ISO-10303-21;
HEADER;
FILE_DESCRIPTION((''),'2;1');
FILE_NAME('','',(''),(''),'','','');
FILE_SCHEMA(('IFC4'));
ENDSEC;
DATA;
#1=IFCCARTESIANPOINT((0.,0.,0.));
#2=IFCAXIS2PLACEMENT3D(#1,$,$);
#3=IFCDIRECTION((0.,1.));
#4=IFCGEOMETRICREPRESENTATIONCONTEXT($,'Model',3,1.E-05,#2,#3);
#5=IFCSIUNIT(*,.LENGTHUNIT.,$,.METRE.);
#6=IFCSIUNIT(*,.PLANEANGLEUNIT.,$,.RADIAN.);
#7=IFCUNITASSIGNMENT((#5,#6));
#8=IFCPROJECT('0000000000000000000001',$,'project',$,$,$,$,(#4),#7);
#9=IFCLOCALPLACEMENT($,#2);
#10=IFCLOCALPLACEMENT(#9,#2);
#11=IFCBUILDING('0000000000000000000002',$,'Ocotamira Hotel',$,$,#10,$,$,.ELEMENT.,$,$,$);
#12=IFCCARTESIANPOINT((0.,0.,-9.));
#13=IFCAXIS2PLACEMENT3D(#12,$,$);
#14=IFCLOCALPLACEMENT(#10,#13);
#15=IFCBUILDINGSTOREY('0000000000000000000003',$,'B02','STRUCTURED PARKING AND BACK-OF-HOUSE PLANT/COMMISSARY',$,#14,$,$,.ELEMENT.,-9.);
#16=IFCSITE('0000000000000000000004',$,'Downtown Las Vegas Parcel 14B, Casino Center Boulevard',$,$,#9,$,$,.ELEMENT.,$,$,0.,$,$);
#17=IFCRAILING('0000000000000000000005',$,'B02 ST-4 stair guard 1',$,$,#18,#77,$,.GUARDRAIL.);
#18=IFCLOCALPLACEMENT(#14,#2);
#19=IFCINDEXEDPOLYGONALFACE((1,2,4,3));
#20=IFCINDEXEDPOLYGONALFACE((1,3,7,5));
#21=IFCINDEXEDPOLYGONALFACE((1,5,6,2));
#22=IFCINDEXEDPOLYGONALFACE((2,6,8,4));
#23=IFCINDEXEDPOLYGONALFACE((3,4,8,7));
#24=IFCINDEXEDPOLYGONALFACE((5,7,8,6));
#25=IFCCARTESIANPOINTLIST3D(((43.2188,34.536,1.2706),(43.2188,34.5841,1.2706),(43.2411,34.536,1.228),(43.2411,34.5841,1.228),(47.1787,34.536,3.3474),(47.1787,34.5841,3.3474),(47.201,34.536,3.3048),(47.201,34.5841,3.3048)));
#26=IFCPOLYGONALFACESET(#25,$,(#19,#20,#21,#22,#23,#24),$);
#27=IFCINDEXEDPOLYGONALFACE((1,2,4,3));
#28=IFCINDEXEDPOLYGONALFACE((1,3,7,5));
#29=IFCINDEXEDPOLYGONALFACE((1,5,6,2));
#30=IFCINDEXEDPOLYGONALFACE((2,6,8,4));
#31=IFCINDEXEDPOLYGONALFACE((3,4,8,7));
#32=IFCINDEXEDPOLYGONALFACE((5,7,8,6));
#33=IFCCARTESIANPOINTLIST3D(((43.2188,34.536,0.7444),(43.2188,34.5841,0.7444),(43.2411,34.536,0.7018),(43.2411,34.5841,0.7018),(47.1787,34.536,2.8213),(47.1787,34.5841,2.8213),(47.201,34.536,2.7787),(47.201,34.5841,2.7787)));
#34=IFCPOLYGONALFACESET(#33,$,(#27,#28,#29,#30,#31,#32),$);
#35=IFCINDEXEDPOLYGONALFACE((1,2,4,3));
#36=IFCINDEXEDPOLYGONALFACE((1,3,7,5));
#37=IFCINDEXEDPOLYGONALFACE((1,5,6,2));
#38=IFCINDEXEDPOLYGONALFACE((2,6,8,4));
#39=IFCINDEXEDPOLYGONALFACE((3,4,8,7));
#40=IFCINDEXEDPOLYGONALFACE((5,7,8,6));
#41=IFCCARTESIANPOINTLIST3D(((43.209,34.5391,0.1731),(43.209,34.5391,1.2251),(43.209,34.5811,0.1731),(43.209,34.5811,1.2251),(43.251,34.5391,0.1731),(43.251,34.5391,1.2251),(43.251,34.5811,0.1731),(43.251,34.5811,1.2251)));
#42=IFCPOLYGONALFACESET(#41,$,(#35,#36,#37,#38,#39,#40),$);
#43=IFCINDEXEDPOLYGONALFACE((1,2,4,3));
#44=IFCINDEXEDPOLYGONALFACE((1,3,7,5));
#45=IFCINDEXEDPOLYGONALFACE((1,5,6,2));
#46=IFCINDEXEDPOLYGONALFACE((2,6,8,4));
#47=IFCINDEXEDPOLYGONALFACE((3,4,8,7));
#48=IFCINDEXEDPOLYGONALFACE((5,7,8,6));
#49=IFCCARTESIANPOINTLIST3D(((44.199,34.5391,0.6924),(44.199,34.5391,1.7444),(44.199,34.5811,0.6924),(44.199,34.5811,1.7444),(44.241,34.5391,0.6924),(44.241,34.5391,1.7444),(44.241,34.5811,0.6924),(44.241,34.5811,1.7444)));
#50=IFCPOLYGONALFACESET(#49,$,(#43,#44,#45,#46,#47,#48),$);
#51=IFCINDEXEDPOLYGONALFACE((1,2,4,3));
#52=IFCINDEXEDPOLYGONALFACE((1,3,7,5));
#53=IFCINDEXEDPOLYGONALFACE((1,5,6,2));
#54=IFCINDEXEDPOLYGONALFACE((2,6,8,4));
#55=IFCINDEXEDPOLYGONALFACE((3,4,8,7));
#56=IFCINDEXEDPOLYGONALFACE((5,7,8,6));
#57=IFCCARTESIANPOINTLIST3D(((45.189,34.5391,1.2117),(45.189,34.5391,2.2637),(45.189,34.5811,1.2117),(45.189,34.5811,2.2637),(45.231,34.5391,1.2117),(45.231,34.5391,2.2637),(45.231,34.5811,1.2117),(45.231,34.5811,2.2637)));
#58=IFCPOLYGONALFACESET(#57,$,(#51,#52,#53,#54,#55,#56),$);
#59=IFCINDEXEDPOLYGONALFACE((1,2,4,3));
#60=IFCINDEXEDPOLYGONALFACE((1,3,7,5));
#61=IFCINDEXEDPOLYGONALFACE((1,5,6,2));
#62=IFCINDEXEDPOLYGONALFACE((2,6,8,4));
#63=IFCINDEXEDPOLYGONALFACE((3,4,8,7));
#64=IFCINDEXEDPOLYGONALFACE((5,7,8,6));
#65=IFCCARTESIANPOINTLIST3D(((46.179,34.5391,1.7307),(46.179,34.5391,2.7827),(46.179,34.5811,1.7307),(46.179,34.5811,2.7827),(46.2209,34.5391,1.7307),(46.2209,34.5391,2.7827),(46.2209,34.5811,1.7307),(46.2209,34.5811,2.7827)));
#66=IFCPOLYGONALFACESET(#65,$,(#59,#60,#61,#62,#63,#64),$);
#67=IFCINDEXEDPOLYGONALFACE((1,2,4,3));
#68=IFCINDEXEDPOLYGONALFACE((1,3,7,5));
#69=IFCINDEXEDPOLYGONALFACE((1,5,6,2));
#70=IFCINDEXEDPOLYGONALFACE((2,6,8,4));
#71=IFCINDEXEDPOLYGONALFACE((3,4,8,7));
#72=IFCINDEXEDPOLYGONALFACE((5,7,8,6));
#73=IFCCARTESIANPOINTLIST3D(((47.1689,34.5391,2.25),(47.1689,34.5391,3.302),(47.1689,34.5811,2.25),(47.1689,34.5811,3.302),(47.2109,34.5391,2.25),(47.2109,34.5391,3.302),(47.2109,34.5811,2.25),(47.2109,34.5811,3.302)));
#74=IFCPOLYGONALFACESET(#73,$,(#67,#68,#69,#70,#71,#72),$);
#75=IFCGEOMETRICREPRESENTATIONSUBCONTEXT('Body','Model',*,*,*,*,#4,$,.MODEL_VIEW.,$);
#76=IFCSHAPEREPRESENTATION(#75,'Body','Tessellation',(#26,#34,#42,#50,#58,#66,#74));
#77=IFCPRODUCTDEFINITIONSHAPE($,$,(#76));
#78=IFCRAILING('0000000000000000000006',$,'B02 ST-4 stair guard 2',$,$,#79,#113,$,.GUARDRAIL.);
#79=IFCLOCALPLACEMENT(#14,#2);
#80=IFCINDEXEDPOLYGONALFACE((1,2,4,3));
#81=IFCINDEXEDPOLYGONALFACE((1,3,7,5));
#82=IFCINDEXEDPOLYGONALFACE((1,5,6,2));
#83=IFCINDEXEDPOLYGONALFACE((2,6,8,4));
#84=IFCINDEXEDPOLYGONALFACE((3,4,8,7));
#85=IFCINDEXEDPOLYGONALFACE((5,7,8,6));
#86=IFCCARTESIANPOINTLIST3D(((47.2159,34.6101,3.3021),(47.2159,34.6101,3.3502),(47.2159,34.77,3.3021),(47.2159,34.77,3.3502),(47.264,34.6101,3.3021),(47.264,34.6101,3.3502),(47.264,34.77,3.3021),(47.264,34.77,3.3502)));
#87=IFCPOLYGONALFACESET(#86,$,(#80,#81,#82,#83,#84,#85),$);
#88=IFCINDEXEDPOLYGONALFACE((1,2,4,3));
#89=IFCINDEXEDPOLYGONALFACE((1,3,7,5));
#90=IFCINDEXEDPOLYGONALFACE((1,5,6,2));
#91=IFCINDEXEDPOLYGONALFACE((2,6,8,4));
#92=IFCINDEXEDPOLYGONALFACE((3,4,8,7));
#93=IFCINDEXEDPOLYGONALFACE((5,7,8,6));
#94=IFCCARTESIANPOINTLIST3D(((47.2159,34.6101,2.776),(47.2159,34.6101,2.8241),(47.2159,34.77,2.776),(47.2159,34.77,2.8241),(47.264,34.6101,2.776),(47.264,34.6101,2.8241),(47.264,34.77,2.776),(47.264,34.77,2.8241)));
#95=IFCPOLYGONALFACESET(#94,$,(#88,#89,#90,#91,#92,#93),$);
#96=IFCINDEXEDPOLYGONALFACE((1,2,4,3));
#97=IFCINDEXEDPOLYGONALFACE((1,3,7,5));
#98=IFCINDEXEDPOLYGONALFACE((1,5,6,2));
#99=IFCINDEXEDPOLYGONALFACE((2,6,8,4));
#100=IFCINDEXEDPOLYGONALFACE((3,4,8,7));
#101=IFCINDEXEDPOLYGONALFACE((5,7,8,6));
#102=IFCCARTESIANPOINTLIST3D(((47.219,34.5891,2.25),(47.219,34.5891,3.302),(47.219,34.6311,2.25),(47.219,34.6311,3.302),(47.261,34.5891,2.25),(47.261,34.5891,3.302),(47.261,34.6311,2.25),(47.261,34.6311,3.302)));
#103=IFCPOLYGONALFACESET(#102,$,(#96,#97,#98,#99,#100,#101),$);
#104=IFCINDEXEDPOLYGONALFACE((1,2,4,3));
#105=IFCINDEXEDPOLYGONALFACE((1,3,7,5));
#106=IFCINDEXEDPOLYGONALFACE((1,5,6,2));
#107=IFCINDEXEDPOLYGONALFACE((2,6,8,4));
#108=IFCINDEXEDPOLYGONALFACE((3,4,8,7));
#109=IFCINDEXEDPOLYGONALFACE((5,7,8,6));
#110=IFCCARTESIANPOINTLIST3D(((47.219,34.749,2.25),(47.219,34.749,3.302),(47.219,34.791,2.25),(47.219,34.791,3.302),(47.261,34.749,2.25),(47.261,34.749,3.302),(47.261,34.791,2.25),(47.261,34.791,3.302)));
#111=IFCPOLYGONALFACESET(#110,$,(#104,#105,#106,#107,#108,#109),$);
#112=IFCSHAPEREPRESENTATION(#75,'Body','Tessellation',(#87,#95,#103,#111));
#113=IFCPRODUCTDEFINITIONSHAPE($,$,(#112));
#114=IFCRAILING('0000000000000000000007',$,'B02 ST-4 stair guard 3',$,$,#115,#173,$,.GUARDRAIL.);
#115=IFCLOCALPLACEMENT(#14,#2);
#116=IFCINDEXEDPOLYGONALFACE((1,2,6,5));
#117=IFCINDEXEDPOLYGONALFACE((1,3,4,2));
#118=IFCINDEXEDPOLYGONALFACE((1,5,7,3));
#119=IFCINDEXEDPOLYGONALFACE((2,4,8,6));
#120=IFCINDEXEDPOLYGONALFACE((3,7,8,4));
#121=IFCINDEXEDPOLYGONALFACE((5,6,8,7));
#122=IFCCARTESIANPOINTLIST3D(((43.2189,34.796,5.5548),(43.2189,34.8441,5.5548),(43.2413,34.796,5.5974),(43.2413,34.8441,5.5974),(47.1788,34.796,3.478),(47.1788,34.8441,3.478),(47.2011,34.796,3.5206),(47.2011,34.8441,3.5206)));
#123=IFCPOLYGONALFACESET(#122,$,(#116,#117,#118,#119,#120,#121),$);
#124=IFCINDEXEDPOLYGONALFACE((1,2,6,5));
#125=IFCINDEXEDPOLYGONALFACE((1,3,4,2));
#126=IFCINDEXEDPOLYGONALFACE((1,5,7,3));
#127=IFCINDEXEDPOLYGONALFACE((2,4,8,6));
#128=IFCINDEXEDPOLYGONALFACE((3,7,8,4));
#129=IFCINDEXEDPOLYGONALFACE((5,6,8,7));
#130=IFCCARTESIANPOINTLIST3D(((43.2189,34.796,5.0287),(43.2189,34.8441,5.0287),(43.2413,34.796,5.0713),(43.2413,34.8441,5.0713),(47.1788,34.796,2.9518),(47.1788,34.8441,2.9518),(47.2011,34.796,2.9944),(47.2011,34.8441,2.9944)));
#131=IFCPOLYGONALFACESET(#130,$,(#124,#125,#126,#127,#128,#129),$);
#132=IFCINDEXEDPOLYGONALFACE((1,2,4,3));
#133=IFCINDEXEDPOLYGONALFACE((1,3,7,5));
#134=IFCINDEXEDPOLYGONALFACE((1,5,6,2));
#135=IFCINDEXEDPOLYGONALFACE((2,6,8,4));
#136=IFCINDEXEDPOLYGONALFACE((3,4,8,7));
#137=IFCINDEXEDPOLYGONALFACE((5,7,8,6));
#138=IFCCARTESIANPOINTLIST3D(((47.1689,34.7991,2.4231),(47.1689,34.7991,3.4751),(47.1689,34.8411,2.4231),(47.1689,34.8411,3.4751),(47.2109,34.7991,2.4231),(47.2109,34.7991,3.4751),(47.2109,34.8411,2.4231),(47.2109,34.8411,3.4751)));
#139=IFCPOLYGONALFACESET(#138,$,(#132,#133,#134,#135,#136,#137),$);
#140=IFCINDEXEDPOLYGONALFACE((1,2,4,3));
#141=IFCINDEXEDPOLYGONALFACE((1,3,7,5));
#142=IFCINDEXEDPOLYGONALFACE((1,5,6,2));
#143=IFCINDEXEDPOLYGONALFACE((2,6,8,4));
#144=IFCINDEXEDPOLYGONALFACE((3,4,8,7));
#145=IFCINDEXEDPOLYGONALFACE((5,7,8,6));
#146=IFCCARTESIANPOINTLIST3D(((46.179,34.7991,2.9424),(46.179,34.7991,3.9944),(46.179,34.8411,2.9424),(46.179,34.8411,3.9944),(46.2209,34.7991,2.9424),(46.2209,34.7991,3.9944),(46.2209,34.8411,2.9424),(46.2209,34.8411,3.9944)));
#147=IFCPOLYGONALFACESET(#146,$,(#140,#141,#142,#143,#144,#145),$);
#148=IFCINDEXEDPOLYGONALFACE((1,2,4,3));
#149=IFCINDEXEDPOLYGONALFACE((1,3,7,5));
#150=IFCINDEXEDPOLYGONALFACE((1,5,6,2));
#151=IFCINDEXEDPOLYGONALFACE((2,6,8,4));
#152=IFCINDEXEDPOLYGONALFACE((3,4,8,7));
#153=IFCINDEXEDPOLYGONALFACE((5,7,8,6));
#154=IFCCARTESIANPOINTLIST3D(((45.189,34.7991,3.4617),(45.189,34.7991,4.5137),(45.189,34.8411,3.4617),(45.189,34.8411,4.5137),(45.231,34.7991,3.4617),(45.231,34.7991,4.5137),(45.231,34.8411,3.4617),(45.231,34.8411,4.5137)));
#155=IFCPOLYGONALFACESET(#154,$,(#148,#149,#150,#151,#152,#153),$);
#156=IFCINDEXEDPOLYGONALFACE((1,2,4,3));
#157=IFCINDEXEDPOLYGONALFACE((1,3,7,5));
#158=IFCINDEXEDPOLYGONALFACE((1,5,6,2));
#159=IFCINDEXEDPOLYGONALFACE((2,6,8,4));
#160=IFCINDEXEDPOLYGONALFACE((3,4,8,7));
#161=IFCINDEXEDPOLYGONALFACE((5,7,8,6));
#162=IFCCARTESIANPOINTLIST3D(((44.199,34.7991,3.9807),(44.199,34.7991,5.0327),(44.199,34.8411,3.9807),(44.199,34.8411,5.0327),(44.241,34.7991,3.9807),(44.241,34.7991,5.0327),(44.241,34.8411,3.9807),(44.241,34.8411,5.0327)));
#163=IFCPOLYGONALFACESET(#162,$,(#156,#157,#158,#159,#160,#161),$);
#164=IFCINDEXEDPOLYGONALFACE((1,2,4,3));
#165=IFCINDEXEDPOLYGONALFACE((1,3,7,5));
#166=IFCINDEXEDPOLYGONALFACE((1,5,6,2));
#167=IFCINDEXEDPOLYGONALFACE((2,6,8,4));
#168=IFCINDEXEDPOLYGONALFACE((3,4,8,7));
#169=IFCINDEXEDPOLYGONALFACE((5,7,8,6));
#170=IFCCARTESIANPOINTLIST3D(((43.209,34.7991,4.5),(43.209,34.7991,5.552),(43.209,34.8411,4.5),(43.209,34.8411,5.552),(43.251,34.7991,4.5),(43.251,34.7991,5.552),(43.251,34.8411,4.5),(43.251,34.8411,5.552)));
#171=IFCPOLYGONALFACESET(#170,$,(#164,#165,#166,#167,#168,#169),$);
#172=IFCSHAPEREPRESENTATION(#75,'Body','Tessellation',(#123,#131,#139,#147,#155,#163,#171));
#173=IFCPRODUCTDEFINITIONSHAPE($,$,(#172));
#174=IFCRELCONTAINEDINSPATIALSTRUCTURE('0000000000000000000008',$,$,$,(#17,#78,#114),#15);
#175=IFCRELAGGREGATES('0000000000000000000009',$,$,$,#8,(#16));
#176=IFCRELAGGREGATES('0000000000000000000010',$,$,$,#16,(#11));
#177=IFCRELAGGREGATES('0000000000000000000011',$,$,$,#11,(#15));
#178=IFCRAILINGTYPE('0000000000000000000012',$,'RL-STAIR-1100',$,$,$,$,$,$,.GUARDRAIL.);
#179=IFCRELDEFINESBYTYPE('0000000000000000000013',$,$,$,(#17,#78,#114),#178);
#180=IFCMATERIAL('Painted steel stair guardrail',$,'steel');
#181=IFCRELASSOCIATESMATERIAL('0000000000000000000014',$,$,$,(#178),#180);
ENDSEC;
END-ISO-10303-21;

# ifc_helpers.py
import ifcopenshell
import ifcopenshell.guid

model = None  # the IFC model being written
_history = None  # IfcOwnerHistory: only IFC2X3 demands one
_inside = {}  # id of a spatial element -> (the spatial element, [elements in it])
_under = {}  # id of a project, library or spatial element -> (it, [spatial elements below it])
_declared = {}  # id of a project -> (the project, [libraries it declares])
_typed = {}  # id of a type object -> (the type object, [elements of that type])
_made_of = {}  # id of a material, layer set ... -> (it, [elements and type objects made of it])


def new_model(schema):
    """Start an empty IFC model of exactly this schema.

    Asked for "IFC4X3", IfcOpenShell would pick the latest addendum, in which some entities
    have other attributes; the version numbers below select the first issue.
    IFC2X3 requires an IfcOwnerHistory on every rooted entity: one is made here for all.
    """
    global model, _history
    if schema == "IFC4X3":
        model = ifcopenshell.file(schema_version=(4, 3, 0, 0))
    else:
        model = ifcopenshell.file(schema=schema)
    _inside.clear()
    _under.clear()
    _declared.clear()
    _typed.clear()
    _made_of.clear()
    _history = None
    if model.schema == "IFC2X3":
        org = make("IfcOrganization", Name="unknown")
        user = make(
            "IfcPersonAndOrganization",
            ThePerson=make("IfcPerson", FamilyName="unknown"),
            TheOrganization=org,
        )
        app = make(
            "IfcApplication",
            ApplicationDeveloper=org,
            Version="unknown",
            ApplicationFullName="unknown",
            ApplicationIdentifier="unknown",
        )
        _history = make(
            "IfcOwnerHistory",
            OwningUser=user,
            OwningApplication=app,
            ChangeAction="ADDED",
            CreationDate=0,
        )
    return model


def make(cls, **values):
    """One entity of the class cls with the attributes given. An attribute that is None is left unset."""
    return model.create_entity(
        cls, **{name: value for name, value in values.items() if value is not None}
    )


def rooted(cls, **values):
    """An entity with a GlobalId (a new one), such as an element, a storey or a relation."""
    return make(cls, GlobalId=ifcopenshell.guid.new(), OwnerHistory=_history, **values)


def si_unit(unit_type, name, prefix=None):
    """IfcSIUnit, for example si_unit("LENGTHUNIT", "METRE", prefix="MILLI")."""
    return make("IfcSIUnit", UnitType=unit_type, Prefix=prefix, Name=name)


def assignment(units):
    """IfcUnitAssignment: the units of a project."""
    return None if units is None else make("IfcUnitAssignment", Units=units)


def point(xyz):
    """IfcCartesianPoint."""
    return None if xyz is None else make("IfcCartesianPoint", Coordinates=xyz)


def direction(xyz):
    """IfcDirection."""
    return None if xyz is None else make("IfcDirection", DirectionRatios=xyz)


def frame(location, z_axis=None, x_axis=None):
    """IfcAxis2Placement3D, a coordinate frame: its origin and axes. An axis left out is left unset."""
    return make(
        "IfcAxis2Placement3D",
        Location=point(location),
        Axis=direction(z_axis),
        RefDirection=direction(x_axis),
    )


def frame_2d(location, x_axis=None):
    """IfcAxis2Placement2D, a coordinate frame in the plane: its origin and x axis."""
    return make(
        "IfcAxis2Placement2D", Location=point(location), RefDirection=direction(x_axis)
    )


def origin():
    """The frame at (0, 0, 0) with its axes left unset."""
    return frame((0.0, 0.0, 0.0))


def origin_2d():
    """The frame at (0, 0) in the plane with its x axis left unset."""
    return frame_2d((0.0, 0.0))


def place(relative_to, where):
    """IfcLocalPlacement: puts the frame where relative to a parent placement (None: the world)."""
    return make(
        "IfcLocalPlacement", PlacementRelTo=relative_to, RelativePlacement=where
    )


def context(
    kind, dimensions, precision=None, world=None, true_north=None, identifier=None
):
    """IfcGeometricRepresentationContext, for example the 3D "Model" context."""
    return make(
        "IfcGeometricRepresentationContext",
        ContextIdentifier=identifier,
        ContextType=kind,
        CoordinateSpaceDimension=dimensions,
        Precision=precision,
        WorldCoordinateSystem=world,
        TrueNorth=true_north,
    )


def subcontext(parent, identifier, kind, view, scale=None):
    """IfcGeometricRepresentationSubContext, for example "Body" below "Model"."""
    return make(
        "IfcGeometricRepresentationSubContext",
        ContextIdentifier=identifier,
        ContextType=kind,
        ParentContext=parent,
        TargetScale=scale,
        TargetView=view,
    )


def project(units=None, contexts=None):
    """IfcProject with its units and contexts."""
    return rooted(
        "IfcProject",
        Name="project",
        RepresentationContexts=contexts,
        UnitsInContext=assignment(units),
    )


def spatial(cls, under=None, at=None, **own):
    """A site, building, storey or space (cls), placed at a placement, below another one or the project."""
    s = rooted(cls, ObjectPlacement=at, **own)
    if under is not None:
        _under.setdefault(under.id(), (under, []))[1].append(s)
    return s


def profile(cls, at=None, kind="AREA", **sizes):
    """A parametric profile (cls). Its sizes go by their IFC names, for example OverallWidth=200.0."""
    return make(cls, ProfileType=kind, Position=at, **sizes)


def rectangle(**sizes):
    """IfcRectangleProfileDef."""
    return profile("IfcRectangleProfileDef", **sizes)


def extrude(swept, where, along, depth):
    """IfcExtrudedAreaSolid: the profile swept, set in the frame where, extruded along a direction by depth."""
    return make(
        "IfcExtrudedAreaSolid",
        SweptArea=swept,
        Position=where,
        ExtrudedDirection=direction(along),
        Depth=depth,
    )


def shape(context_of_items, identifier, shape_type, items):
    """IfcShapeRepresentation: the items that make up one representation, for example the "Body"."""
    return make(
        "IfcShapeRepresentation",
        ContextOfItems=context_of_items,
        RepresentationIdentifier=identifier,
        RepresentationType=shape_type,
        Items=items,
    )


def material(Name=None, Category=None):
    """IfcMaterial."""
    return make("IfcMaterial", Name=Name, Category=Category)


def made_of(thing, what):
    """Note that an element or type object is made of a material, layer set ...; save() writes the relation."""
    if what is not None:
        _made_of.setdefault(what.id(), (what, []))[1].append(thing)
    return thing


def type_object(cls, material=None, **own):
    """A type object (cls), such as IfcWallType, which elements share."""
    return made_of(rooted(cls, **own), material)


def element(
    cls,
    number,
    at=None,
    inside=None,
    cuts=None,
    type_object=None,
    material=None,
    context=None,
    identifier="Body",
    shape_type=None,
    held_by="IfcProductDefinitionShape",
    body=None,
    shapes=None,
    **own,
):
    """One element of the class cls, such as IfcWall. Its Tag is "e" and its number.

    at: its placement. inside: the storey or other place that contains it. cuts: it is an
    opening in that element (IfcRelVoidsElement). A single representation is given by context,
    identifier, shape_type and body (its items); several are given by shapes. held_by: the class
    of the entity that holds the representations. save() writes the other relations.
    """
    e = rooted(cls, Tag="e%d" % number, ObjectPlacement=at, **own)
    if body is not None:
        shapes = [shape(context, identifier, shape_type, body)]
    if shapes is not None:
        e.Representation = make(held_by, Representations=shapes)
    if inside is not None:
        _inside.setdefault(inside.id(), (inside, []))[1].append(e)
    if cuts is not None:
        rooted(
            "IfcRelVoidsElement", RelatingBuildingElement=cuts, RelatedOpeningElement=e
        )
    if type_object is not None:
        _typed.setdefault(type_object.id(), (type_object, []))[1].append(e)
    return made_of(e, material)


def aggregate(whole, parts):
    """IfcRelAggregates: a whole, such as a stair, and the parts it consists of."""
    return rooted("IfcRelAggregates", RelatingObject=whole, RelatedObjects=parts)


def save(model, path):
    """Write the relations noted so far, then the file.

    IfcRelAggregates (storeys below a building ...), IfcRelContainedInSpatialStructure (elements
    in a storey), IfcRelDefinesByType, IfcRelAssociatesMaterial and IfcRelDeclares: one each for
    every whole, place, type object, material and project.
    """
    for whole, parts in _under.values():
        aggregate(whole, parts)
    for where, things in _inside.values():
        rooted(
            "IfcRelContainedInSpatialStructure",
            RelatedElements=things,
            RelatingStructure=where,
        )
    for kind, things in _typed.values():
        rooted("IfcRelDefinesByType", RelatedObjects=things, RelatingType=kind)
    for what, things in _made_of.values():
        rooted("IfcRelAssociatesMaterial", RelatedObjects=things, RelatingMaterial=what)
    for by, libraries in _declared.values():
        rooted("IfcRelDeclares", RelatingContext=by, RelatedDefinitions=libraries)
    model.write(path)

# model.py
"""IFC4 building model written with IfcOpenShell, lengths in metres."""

from ifc_helpers import new_model, si_unit, direction, frame, origin, origin_2d, place, context, subcontext, project, spatial, rectangle, extrude, material, type_object, element, save


model = new_model("IFC4")

# Units and contexts
model_context = context("Model", 3, precision=1e-05, world=origin(), true_north=direction((0.0, 1.0)))
body_context = subcontext(model_context, "Body", "Model", "MODEL_VIEW")
ifc_project = project(units=[si_unit("LENGTHUNIT", "METRE"), si_unit("PLANEANGLEUNIT", "RADIAN")], contexts=[model_context])

# Site, building, storey
site_placement = place(None, origin())
site = spatial("IfcSite", under=ifc_project, at=site_placement, Name="Downtown Las Vegas Parcel 14B, Casino Center Boulevard", CompositionType="ELEMENT", RefElevation=0.0)
building_placement = place(site_placement, origin())
building = spatial("IfcBuilding", under=site, at=building_placement, Name="Ocotamira Hotel", CompositionType="ELEMENT")
storey_placement = place(building_placement, frame((0.0, 0.0, -9.0)))
storey = spatial("IfcBuildingStorey", under=building, at=storey_placement, Name="B02", Description="STRUCTURED PARKING AND BACK-OF-HOUSE PLANT/COMMISSARY", CompositionType="ELEMENT", Elevation=-9.0)

# Railings
ifc_material_1 = material(Name="Painted steel stair guardrail", Category="steel")
railing_type_1 = type_object("IfcRailingType", Name="RL-STAIR-1100", PredefinedType="GUARDRAIL", material=ifc_material_1)
railing_1_placement = place(storey_placement, frame((43.23, 34.5601, 0.1731)))
element("IfcRailing", 1, at=railing_1_placement, inside=storey, type_object=railing_type_1, Name="B02 ST-4 stair guard 1", PredefinedType="GUARDRAIL", context=body_context, shape_type="SweptSolid", body=[
    extrude(rectangle(XDim=0.0481, YDim=0.0481, at=origin_2d()), frame((0.0, 0.0, 1.0762), z_axis=(0.885589, 0.0, 0.46447), x_axis=(0.0, 1.0, 0.0)), (0.0, 0.0, 1.0), 4.4714),
    extrude(rectangle(XDim=0.0481, YDim=0.0481, at=origin_2d()), frame((0.0, 0.0, 0.55), z_axis=(0.885589, 0.0, 0.46447), x_axis=(0.0, 1.0, 0.0)), (0.0, 0.0, 1.0), 4.4714),
    extrude(rectangle(XDim=0.042, YDim=0.042, at=origin_2d()), origin(), (0.0, 0.0, 1.0), 1.052),
    extrude(rectangle(XDim=0.042, YDim=0.042, at=origin_2d()), frame((0.99, 0.0, 0.5193)), (0.0, 0.0, 1.0), 1.052),
    extrude(rectangle(XDim=0.042, YDim=0.042, at=origin_2d()), frame((1.98, 0.0, 1.0386)), (0.0, 0.0, 1.0), 1.052),
    extrude(rectangle(XDim=0.042, YDim=0.042, at=origin_2d()), frame((2.97, 0.0, 1.5576)), (0.0, 0.0, 1.0), 1.052),
    extrude(rectangle(XDim=0.042, YDim=0.042, at=origin_2d()), frame((3.96, 0.0, 2.0769)), (0.0, 0.0, 1.0), 1.052),
])
railing_2_placement = place(storey_placement, frame((47.24, 34.6101, 2.25)))
element("IfcRailing", 2, at=railing_2_placement, inside=storey, type_object=railing_type_1, Name="B02 ST-4 stair guard 2", PredefinedType="GUARDRAIL", context=body_context, shape_type="SweptSolid", body=[
    extrude(rectangle(XDim=0.0481, YDim=0.0481, at=origin_2d()), frame((0.0, 0.0, 1.0762), z_axis=(0.0, 1.0, 0.0), x_axis=(-1.0, 0.0, 0.0)), (0.0, 0.0, 1.0), 0.1599),
    extrude(rectangle(XDim=0.0481, YDim=0.0481, at=origin_2d()), frame((0.0, 0.0, 0.55), z_axis=(0.0, 1.0, 0.0), x_axis=(-1.0, 0.0, 0.0)), (0.0, 0.0, 1.0), 0.1599),
    extrude(rectangle(XDim=0.042, YDim=0.042, at=origin_2d()), origin(), (0.0, 0.0, 1.0), 1.052),
    extrude(rectangle(XDim=0.042, YDim=0.042, at=origin_2d()), frame((0.0, 0.1599, 0.0)), (0.0, 0.0, 1.0), 1.052),
])
railing_3_placement = place(storey_placement, frame((47.1899, 34.8201, 2.4231)))
element("IfcRailing", 3, at=railing_3_placement, inside=storey, type_object=railing_type_1, Name="B02 ST-4 stair guard 3", PredefinedType="GUARDRAIL", context=body_context, shape_type="SweptSolid", body=[
    extrude(rectangle(XDim=0.0481, YDim=0.0481, at=origin_2d()), frame((0.0, 0.0, 1.0762), z_axis=(-0.885589, 0.0, 0.46447), x_axis=(0.0, -1.0, 0.0)), (0.0, 0.0, 1.0), 4.4714),
    extrude(rectangle(XDim=0.0481, YDim=0.0481, at=origin_2d()), frame((0.0, 0.0, 0.55), z_axis=(-0.885589, 0.0, 0.46447), x_axis=(0.0, -1.0, 0.0)), (0.0, 0.0, 1.0), 4.4714),
    extrude(rectangle(XDim=0.042, YDim=0.042, at=origin_2d()), origin(), (0.0, 0.0, 1.0), 1.052),
    extrude(rectangle(XDim=0.042, YDim=0.042, at=origin_2d()), frame((-0.99, 0.0, 0.5193)), (0.0, 0.0, 1.0), 1.052),
    extrude(rectangle(XDim=0.042, YDim=0.042, at=origin_2d()), frame((-1.98, 0.0, 1.0386)), (0.0, 0.0, 1.0), 1.052),
    extrude(rectangle(XDim=0.042, YDim=0.042, at=origin_2d()), frame((-2.97, 0.0, 1.5576)), (0.0, 0.0, 1.0), 1.052),
    extrude(rectangle(XDim=0.042, YDim=0.042, at=origin_2d()), frame((-3.96, 0.0, 2.0769)), (0.0, 0.0, 1.0), 1.052),
])

save(model, "model.ifc")
